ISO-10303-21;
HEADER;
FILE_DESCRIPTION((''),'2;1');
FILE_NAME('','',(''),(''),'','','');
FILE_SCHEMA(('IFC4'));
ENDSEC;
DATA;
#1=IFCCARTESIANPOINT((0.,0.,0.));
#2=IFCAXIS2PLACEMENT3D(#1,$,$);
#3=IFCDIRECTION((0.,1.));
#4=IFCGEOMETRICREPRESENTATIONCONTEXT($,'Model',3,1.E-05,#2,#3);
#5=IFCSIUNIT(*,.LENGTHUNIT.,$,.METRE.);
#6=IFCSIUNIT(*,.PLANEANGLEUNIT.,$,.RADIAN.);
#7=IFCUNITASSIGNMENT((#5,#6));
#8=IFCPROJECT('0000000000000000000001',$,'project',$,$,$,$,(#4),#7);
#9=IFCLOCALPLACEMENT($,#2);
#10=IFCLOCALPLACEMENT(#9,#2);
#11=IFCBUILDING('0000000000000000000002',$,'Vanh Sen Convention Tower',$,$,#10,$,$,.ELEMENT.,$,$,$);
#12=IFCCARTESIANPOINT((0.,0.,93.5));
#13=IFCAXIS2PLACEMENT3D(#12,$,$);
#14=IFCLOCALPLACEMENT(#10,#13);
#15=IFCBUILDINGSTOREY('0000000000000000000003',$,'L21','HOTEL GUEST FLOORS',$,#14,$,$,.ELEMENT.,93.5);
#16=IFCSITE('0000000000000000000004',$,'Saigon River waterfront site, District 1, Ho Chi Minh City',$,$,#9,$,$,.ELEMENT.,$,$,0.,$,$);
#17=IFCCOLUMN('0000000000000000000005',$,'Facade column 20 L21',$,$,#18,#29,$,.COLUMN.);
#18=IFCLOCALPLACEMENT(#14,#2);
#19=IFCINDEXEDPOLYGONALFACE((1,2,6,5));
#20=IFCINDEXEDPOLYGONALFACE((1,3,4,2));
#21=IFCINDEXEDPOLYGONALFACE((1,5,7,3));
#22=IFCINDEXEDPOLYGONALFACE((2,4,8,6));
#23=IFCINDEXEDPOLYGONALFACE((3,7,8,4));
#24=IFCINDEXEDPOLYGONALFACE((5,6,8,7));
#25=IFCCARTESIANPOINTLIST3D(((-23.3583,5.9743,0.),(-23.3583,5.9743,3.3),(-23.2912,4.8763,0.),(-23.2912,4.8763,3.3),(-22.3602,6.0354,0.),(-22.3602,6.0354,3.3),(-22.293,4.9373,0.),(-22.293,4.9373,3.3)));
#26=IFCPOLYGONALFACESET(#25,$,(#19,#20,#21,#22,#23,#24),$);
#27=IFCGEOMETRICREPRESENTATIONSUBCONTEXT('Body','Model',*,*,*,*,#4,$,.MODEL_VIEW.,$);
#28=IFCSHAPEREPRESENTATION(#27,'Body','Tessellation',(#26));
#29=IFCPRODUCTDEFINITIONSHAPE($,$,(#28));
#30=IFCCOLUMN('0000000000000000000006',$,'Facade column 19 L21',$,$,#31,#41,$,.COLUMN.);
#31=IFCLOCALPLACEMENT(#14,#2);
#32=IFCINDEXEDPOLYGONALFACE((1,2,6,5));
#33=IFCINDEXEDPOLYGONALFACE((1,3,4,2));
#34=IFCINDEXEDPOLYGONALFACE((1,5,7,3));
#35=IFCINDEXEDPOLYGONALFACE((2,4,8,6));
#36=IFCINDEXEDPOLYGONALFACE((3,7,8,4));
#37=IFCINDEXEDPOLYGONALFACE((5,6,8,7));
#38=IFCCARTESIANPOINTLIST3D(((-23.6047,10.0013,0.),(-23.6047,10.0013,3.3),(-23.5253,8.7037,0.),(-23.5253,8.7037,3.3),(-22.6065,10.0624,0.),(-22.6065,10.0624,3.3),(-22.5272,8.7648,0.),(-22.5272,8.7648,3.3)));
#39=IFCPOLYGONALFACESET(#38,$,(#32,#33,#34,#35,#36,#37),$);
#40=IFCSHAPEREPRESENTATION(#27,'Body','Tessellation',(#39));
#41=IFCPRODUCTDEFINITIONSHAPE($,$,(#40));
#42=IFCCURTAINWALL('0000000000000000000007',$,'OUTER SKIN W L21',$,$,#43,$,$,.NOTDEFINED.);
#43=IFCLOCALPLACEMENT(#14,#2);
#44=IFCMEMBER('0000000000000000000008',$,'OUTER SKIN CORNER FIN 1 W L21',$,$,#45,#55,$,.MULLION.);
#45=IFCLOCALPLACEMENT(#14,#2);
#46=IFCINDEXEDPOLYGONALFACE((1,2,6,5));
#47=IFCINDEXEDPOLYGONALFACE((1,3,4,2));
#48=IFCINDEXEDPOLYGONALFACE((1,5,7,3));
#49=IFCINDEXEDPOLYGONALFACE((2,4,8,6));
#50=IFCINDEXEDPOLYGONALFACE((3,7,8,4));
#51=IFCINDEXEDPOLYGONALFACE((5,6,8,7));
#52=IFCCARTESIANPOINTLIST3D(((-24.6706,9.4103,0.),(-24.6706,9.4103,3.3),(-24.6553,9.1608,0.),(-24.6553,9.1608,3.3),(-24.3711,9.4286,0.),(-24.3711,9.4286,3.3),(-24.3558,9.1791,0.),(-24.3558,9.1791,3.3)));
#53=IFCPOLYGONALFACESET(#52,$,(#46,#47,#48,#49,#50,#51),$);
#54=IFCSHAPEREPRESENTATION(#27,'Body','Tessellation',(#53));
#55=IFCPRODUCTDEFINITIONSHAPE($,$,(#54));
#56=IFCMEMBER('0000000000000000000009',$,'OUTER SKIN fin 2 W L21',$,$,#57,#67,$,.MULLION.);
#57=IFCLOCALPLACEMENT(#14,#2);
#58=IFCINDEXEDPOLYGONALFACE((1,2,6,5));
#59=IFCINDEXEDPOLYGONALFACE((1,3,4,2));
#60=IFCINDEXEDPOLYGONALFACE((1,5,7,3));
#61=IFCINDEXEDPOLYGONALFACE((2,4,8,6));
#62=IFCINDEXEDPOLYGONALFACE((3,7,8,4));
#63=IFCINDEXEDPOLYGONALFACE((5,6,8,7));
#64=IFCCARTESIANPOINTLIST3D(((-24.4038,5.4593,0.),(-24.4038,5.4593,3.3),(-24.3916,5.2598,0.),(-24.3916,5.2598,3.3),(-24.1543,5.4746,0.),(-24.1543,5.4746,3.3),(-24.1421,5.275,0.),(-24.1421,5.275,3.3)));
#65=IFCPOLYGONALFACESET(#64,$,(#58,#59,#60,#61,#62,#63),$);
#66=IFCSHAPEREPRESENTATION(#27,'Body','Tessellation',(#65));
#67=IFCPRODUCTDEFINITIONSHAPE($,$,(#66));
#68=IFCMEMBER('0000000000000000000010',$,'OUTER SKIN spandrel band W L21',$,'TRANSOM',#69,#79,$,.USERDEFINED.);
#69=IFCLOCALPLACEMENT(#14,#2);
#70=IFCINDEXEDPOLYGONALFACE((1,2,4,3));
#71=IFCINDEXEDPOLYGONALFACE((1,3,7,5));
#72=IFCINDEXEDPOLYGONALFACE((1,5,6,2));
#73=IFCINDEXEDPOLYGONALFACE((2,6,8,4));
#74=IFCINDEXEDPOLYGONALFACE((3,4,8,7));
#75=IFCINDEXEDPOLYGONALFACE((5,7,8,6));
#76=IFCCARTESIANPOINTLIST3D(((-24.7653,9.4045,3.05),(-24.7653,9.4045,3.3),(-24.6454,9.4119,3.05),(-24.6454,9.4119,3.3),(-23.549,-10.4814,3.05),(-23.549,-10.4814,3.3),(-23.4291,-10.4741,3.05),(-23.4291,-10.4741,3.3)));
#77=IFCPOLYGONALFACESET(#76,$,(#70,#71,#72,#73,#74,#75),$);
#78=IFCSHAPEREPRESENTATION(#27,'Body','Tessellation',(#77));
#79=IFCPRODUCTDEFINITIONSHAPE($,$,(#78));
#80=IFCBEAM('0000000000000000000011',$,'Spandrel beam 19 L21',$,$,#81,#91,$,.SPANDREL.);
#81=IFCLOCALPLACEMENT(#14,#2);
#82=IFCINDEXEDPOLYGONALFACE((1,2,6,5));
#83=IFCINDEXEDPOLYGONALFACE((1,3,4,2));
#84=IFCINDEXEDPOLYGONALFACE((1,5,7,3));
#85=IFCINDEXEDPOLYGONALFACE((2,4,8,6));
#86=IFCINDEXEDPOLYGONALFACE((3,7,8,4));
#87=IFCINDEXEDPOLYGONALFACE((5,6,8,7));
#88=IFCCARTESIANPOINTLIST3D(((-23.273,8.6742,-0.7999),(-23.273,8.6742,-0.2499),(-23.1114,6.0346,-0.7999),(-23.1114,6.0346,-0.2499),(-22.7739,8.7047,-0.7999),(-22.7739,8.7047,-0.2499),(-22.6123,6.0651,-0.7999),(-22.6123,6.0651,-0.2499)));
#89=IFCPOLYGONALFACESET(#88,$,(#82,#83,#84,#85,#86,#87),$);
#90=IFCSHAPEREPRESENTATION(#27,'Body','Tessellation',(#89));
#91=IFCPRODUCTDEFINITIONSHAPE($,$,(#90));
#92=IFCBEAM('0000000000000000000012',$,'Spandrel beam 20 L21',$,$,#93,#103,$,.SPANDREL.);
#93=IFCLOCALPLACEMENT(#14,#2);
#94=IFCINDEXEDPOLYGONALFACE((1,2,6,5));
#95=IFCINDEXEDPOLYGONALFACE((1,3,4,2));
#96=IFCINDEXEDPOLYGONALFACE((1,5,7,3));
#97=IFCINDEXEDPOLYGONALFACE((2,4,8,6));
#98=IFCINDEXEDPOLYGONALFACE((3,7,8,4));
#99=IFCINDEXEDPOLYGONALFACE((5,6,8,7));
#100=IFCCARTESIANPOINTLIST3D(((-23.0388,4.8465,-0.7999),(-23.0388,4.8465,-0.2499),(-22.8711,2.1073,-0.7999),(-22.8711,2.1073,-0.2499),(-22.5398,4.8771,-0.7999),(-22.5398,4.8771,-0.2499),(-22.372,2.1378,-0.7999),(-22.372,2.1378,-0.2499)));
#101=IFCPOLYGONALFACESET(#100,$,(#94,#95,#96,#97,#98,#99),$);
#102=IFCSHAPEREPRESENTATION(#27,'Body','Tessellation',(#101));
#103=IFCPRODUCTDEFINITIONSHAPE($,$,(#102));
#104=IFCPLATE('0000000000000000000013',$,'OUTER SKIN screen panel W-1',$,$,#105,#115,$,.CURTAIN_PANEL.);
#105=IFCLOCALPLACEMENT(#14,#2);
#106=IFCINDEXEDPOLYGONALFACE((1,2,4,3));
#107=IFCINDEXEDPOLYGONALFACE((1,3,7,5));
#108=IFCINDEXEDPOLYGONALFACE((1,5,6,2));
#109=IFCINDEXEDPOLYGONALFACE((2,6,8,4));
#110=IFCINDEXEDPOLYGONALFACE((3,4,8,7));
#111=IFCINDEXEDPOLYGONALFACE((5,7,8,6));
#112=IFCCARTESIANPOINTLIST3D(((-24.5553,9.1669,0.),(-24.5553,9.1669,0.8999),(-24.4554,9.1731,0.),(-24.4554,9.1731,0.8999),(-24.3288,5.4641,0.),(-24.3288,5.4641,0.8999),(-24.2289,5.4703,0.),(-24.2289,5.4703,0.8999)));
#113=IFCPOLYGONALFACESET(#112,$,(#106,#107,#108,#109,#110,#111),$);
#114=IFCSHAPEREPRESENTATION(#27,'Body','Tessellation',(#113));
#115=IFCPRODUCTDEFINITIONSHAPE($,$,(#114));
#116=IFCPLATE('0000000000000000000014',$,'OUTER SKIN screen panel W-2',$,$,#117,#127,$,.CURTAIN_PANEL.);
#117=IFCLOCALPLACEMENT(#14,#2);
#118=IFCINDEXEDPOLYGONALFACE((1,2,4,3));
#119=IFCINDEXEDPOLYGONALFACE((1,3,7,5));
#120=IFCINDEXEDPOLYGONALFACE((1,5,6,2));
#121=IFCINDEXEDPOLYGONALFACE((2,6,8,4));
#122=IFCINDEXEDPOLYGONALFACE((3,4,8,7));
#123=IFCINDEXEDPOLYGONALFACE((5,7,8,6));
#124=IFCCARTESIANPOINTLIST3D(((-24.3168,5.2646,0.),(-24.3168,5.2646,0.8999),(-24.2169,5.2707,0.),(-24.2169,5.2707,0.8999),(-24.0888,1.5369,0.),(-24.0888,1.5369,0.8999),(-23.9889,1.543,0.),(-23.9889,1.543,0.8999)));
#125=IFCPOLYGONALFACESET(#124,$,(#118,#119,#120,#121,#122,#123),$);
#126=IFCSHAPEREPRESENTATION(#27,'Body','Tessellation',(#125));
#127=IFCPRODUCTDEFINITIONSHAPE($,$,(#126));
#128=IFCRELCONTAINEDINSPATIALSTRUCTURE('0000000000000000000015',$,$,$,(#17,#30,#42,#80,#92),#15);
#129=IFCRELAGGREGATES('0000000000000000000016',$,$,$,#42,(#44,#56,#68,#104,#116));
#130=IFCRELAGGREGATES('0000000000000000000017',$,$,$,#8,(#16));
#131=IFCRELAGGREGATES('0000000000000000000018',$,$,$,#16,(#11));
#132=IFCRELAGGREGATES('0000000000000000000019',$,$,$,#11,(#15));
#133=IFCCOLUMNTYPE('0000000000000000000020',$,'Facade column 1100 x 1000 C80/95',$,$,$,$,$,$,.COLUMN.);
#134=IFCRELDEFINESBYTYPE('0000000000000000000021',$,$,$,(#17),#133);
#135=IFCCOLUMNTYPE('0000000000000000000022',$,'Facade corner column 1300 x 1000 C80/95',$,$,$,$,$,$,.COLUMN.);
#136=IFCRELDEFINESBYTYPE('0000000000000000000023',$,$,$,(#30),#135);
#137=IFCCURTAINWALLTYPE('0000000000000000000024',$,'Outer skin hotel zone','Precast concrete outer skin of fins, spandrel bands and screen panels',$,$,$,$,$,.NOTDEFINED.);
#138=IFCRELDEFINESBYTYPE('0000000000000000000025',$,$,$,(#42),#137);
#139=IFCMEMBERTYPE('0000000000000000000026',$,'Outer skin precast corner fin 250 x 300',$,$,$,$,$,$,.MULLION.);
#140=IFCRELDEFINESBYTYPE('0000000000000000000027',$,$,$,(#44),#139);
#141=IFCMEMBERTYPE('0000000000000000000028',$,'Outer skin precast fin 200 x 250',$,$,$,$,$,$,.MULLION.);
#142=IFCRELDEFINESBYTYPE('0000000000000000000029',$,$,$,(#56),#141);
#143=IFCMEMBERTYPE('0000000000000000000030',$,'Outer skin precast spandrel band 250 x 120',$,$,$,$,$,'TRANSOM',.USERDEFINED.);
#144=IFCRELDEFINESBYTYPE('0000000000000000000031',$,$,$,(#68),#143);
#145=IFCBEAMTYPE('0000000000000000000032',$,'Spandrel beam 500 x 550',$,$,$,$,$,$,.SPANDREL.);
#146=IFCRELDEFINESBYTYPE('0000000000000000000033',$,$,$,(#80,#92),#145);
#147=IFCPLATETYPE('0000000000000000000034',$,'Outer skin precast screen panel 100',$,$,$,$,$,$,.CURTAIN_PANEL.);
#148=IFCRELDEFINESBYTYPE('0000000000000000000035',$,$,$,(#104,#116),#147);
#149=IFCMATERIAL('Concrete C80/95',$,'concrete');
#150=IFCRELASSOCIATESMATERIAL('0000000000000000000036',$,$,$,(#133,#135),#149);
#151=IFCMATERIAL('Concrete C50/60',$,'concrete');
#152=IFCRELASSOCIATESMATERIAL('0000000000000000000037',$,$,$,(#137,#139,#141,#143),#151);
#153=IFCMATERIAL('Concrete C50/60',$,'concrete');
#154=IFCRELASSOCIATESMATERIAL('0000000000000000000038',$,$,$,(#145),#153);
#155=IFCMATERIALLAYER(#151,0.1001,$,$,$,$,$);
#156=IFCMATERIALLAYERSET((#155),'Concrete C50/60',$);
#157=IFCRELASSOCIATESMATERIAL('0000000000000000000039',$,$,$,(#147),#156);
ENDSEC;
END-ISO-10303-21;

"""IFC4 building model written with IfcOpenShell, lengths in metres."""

from ifc_helpers import new_model, si_unit, direction, frame, origin, origin_2d, place, context, subcontext, project, spatial, rectangle, extrude, material, layer, layer_set, material_profile, profile_set, type_object, element, aggregate, save


model = new_model("IFC4")

# Units and contexts
model_context = context("Model", 3, precision=1e-05, world=origin(), true_north=direction((0.0, 1.0)))
body_context = subcontext(model_context, "Body", "Model", "MODEL_VIEW")
ifc_project = project(units=[si_unit("LENGTHUNIT", "METRE"), si_unit("PLANEANGLEUNIT", "RADIAN")], contexts=[model_context])

# Site, building, storey
site_placement = place(None, origin())
site = spatial("IfcSite", under=ifc_project, at=site_placement, Name="Saigon River waterfront site, District 1, Ho Chi Minh City", CompositionType="ELEMENT", RefElevation=0.0)
building_placement = place(site_placement, origin())
building = spatial("IfcBuilding", under=site, at=building_placement, Name="Vanh Sen Convention Tower", CompositionType="ELEMENT")
storey_placement = place(building_placement, frame((0.0, 0.0, 93.5)))
storey = spatial("IfcBuildingStorey", under=building, at=storey_placement, Name="L21", Description="HOTEL GUEST FLOORS", CompositionType="ELEMENT", Elevation=93.5)

# Columns
ifc_material_1 = material(Name="Concrete C80/95", Category="concrete")
ifc_material_profile_1 = material_profile(ifc_material_1, rectangle(XDim=1.1001, YDim=1.0, at=origin_2d()), Name="RC 1100X1000")
ifc_profile_set_1 = profile_set([ifc_material_profile_1], Name="Concrete C80/95")
column_type_1 = type_object("IfcColumnType", Name="Facade column 1100 x 1000 C80/95", PredefinedType="COLUMN", material=ifc_profile_set_1)
column_1_placement = place(storey_placement, frame((-22.8257, 5.4558, 0.0), z_axis=(0.0, 0.0, 1.0), x_axis=(0.061049, -0.998135, 0.0)))
element("IfcColumn", 1, at=column_1_placement, inside=storey, type_object=column_type_1, Name="Facade column 20 L21", PredefinedType="COLUMN", context=body_context, shape_type="SweptSolid", body=[
    extrude(rectangle(XDim=1.1001, YDim=1.0, at=origin_2d()), origin(), (0.0, 0.0, 1.0), 3.3),
])
ifc_material_profile_2 = material_profile(ifc_material_1, rectangle(XDim=1.3, YDim=1.0, at=origin_2d()), Name="RC 1300X1000")
ifc_profile_set_2 = profile_set([ifc_material_profile_2], Name="Concrete C80/95")
column_type_2 = type_object("IfcColumnType", Name="Facade corner column 1300 x 1000 C80/95", PredefinedType="COLUMN", material=ifc_profile_set_2)
column_2_placement = place(storey_placement, frame((-23.0659, 9.3831, 0.0), z_axis=(0.0, 0.0, 1.0), x_axis=(0.061049, -0.998135, 0.0)))
element("IfcColumn", 2, at=column_2_placement, inside=storey, type_object=column_type_2, Name="Facade column 19 L21", PredefinedType="COLUMN", context=body_context, shape_type="SweptSolid", body=[
    extrude(rectangle(XDim=1.3, YDim=1.0, at=origin_2d()), origin(), (0.0, 0.0, 1.0), 3.3),
])

# Curtain wall, members
ifc_material_2 = material(Name="Concrete C50/60", Category="concrete")
curtain_wall_type = type_object("IfcCurtainWallType", Name="Outer skin hotel zone", Description="Precast concrete outer skin of fins, spandrel bands and screen panels", PredefinedType="NOTDEFINED", material=ifc_material_2)
curtain_wall_placement = place(storey_placement, origin())
curtain_wall = element("IfcCurtainWall", 3, at=curtain_wall_placement, inside=storey, type_object=curtain_wall_type, Name="OUTER SKIN W L21", PredefinedType="NOTDEFINED")
ifc_material_profile_3 = material_profile(ifc_material_2, rectangle(XDim=0.25, YDim=0.3, at=origin_2d()), Name="Outer skin precast corner fin 250 x 300")
ifc_profile_set_3 = profile_set([ifc_material_profile_3], Name="Concrete C50/60")
member_type_1 = type_object("IfcMemberType", Name="Outer skin precast corner fin 250 x 300", PredefinedType="MULLION", material=ifc_profile_set_3)
member_1_placement = place(storey_placement, frame((-24.5132, 9.2947, 0.0), z_axis=(0.0, 0.0, 1.0), x_axis=(0.061049, -0.998135, 0.0)))
member_1 = element("IfcMember", 4, at=member_1_placement, type_object=member_type_1, Name="OUTER SKIN CORNER FIN 1 W L21", PredefinedType="MULLION", context=body_context, shape_type="SweptSolid", body=[
    extrude(rectangle(XDim=0.25, YDim=0.3, at=origin_2d()), origin(), (0.0, 0.0, 1.0), 3.3),
])
ifc_material_profile_4 = material_profile(ifc_material_2, rectangle(XDim=0.2, YDim=0.25, at=origin_2d()), Name="Outer skin precast fin 200 x 250")
ifc_profile_set_4 = profile_set([ifc_material_profile_4], Name="Concrete C50/60")
member_type_2 = type_object("IfcMemberType", Name="Outer skin precast fin 200 x 250", PredefinedType="MULLION", material=ifc_profile_set_4)
member_2_placement = place(storey_placement, frame((-24.2729, 5.3672, 0.0), z_axis=(0.0, 0.0, 1.0), x_axis=(0.061049, -0.998135, 0.0)))
member_2 = element("IfcMember", 5, at=member_2_placement, type_object=member_type_2, Name="OUTER SKIN fin 2 W L21", PredefinedType="MULLION", context=body_context, shape_type="SweptSolid", body=[
    extrude(rectangle(XDim=0.2, YDim=0.25, at=origin_2d()), origin(), (0.0, 0.0, 1.0), 3.3),
])
ifc_material_profile_5 = material_profile(ifc_material_2, rectangle(XDim=0.1201, YDim=0.25, at=origin_2d()), Name="Outer skin precast spandrel band 250 x 120")
ifc_profile_set_5 = profile_set([ifc_material_profile_5], Name="Concrete C50/60")
member_type_3 = type_object("IfcMemberType", Name="Outer skin precast spandrel band 250 x 120", ElementType="TRANSOM", PredefinedType="USERDEFINED", material=ifc_profile_set_5)
member_3_placement = place(storey_placement, frame((-24.7053, 9.4082, 3.175), z_axis=(0.06105, -0.998135, 0.0), x_axis=(0.998135, 0.06105, 0.0)))
member_3 = element("IfcMember", 6, at=member_3_placement, type_object=member_type_3, Name="OUTER SKIN spandrel band W L21", ObjectType="TRANSOM", PredefinedType="USERDEFINED", context=body_context, shape_type="SweptSolid", body=[
    extrude(rectangle(XDim=0.1201, YDim=0.25, at=origin_2d()), origin(), (0.0, 0.0, 1.0), 19.9231),
])

# Beams
ifc_material_3 = material(Name="Concrete C50/60", Category="concrete")
ifc_material_profile_6 = material_profile(ifc_material_3, rectangle(XDim=0.5, YDim=0.55, at=origin_2d()), Name="RC 500X550")
ifc_profile_set_6 = profile_set([ifc_material_profile_6], Name="Concrete C50/60")
beam_type = type_object("IfcBeamType", Name="Spandrel beam 500 x 550", PredefinedType="SPANDREL", material=ifc_profile_set_6)
beam_1_placement = place(storey_placement, frame((-23.0234, 8.6895, -0.5249), z_axis=(0.061114, -0.998131, 0.0), x_axis=(0.998131, 0.061114, 0.0)))
element("IfcBeam", 7, at=beam_1_placement, inside=storey, type_object=beam_type, Name="Spandrel beam 19 L21", PredefinedType="SPANDREL", context=body_context, shape_type="SweptSolid", body=[
    extrude(rectangle(XDim=0.5, YDim=0.55, at=origin_2d()), origin(), (0.0, 0.0, 1.0), 2.6445),
])
beam_2_placement = place(storey_placement, frame((-22.7893, 4.8618, -0.5249), z_axis=(0.061115, -0.998131, 0.0), x_axis=(0.998131, 0.061115, 0.0)))
element("IfcBeam", 8, at=beam_2_placement, inside=storey, type_object=beam_type, Name="Spandrel beam 20 L21", PredefinedType="SPANDREL", context=body_context, shape_type="SweptSolid", body=[
    extrude(rectangle(XDim=0.5, YDim=0.55, at=origin_2d()), origin(), (0.0, 0.0, 1.0), 2.7444),
])

# Plates
ifc_layer_1 = layer(ifc_material_2, 0.1001)
ifc_layer_set_1 = layer_set([ifc_layer_1], Name="Concrete C50/60")
plate_type = type_object("IfcPlateType", Name="Outer skin precast screen panel 100", PredefinedType="CURTAIN_PANEL", material=ifc_layer_set_1)
plate_1_placement = place(storey_placement, frame((-24.3921, 7.3186, 0.0), z_axis=(0.0, 0.0, 1.0), x_axis=(0.061047, -0.998135, 0.0)))
plate_1 = element("IfcPlate", 9, at=plate_1_placement, type_object=plate_type, Name="OUTER SKIN screen panel W-1", PredefinedType="CURTAIN_PANEL", context=body_context, shape_type="SweptSolid", body=[
    extrude(rectangle(XDim=3.7097, YDim=0.1001, at=origin_2d()), origin(), (0.0, 0.0, 1.0), 0.8999),
])
plate_2_placement = place(storey_placement, frame((-24.1528, 3.4038, 0.0), z_axis=(0.0, 0.0, 1.0), x_axis=(0.061049, -0.998135, 0.0)))
plate_2 = element("IfcPlate", 10, at=plate_2_placement, type_object=plate_type, Name="OUTER SKIN screen panel W-2", PredefinedType="CURTAIN_PANEL", context=body_context, shape_type="SweptSolid", body=[
    extrude(rectangle(XDim=3.7346, YDim=0.1001, at=origin_2d()), origin(), (0.0, 0.0, 1.0), 0.8999),
])
aggregate(curtain_wall, [member_1, member_2, member_3, plate_1, plate_2])

save(model, "model.ifc")
